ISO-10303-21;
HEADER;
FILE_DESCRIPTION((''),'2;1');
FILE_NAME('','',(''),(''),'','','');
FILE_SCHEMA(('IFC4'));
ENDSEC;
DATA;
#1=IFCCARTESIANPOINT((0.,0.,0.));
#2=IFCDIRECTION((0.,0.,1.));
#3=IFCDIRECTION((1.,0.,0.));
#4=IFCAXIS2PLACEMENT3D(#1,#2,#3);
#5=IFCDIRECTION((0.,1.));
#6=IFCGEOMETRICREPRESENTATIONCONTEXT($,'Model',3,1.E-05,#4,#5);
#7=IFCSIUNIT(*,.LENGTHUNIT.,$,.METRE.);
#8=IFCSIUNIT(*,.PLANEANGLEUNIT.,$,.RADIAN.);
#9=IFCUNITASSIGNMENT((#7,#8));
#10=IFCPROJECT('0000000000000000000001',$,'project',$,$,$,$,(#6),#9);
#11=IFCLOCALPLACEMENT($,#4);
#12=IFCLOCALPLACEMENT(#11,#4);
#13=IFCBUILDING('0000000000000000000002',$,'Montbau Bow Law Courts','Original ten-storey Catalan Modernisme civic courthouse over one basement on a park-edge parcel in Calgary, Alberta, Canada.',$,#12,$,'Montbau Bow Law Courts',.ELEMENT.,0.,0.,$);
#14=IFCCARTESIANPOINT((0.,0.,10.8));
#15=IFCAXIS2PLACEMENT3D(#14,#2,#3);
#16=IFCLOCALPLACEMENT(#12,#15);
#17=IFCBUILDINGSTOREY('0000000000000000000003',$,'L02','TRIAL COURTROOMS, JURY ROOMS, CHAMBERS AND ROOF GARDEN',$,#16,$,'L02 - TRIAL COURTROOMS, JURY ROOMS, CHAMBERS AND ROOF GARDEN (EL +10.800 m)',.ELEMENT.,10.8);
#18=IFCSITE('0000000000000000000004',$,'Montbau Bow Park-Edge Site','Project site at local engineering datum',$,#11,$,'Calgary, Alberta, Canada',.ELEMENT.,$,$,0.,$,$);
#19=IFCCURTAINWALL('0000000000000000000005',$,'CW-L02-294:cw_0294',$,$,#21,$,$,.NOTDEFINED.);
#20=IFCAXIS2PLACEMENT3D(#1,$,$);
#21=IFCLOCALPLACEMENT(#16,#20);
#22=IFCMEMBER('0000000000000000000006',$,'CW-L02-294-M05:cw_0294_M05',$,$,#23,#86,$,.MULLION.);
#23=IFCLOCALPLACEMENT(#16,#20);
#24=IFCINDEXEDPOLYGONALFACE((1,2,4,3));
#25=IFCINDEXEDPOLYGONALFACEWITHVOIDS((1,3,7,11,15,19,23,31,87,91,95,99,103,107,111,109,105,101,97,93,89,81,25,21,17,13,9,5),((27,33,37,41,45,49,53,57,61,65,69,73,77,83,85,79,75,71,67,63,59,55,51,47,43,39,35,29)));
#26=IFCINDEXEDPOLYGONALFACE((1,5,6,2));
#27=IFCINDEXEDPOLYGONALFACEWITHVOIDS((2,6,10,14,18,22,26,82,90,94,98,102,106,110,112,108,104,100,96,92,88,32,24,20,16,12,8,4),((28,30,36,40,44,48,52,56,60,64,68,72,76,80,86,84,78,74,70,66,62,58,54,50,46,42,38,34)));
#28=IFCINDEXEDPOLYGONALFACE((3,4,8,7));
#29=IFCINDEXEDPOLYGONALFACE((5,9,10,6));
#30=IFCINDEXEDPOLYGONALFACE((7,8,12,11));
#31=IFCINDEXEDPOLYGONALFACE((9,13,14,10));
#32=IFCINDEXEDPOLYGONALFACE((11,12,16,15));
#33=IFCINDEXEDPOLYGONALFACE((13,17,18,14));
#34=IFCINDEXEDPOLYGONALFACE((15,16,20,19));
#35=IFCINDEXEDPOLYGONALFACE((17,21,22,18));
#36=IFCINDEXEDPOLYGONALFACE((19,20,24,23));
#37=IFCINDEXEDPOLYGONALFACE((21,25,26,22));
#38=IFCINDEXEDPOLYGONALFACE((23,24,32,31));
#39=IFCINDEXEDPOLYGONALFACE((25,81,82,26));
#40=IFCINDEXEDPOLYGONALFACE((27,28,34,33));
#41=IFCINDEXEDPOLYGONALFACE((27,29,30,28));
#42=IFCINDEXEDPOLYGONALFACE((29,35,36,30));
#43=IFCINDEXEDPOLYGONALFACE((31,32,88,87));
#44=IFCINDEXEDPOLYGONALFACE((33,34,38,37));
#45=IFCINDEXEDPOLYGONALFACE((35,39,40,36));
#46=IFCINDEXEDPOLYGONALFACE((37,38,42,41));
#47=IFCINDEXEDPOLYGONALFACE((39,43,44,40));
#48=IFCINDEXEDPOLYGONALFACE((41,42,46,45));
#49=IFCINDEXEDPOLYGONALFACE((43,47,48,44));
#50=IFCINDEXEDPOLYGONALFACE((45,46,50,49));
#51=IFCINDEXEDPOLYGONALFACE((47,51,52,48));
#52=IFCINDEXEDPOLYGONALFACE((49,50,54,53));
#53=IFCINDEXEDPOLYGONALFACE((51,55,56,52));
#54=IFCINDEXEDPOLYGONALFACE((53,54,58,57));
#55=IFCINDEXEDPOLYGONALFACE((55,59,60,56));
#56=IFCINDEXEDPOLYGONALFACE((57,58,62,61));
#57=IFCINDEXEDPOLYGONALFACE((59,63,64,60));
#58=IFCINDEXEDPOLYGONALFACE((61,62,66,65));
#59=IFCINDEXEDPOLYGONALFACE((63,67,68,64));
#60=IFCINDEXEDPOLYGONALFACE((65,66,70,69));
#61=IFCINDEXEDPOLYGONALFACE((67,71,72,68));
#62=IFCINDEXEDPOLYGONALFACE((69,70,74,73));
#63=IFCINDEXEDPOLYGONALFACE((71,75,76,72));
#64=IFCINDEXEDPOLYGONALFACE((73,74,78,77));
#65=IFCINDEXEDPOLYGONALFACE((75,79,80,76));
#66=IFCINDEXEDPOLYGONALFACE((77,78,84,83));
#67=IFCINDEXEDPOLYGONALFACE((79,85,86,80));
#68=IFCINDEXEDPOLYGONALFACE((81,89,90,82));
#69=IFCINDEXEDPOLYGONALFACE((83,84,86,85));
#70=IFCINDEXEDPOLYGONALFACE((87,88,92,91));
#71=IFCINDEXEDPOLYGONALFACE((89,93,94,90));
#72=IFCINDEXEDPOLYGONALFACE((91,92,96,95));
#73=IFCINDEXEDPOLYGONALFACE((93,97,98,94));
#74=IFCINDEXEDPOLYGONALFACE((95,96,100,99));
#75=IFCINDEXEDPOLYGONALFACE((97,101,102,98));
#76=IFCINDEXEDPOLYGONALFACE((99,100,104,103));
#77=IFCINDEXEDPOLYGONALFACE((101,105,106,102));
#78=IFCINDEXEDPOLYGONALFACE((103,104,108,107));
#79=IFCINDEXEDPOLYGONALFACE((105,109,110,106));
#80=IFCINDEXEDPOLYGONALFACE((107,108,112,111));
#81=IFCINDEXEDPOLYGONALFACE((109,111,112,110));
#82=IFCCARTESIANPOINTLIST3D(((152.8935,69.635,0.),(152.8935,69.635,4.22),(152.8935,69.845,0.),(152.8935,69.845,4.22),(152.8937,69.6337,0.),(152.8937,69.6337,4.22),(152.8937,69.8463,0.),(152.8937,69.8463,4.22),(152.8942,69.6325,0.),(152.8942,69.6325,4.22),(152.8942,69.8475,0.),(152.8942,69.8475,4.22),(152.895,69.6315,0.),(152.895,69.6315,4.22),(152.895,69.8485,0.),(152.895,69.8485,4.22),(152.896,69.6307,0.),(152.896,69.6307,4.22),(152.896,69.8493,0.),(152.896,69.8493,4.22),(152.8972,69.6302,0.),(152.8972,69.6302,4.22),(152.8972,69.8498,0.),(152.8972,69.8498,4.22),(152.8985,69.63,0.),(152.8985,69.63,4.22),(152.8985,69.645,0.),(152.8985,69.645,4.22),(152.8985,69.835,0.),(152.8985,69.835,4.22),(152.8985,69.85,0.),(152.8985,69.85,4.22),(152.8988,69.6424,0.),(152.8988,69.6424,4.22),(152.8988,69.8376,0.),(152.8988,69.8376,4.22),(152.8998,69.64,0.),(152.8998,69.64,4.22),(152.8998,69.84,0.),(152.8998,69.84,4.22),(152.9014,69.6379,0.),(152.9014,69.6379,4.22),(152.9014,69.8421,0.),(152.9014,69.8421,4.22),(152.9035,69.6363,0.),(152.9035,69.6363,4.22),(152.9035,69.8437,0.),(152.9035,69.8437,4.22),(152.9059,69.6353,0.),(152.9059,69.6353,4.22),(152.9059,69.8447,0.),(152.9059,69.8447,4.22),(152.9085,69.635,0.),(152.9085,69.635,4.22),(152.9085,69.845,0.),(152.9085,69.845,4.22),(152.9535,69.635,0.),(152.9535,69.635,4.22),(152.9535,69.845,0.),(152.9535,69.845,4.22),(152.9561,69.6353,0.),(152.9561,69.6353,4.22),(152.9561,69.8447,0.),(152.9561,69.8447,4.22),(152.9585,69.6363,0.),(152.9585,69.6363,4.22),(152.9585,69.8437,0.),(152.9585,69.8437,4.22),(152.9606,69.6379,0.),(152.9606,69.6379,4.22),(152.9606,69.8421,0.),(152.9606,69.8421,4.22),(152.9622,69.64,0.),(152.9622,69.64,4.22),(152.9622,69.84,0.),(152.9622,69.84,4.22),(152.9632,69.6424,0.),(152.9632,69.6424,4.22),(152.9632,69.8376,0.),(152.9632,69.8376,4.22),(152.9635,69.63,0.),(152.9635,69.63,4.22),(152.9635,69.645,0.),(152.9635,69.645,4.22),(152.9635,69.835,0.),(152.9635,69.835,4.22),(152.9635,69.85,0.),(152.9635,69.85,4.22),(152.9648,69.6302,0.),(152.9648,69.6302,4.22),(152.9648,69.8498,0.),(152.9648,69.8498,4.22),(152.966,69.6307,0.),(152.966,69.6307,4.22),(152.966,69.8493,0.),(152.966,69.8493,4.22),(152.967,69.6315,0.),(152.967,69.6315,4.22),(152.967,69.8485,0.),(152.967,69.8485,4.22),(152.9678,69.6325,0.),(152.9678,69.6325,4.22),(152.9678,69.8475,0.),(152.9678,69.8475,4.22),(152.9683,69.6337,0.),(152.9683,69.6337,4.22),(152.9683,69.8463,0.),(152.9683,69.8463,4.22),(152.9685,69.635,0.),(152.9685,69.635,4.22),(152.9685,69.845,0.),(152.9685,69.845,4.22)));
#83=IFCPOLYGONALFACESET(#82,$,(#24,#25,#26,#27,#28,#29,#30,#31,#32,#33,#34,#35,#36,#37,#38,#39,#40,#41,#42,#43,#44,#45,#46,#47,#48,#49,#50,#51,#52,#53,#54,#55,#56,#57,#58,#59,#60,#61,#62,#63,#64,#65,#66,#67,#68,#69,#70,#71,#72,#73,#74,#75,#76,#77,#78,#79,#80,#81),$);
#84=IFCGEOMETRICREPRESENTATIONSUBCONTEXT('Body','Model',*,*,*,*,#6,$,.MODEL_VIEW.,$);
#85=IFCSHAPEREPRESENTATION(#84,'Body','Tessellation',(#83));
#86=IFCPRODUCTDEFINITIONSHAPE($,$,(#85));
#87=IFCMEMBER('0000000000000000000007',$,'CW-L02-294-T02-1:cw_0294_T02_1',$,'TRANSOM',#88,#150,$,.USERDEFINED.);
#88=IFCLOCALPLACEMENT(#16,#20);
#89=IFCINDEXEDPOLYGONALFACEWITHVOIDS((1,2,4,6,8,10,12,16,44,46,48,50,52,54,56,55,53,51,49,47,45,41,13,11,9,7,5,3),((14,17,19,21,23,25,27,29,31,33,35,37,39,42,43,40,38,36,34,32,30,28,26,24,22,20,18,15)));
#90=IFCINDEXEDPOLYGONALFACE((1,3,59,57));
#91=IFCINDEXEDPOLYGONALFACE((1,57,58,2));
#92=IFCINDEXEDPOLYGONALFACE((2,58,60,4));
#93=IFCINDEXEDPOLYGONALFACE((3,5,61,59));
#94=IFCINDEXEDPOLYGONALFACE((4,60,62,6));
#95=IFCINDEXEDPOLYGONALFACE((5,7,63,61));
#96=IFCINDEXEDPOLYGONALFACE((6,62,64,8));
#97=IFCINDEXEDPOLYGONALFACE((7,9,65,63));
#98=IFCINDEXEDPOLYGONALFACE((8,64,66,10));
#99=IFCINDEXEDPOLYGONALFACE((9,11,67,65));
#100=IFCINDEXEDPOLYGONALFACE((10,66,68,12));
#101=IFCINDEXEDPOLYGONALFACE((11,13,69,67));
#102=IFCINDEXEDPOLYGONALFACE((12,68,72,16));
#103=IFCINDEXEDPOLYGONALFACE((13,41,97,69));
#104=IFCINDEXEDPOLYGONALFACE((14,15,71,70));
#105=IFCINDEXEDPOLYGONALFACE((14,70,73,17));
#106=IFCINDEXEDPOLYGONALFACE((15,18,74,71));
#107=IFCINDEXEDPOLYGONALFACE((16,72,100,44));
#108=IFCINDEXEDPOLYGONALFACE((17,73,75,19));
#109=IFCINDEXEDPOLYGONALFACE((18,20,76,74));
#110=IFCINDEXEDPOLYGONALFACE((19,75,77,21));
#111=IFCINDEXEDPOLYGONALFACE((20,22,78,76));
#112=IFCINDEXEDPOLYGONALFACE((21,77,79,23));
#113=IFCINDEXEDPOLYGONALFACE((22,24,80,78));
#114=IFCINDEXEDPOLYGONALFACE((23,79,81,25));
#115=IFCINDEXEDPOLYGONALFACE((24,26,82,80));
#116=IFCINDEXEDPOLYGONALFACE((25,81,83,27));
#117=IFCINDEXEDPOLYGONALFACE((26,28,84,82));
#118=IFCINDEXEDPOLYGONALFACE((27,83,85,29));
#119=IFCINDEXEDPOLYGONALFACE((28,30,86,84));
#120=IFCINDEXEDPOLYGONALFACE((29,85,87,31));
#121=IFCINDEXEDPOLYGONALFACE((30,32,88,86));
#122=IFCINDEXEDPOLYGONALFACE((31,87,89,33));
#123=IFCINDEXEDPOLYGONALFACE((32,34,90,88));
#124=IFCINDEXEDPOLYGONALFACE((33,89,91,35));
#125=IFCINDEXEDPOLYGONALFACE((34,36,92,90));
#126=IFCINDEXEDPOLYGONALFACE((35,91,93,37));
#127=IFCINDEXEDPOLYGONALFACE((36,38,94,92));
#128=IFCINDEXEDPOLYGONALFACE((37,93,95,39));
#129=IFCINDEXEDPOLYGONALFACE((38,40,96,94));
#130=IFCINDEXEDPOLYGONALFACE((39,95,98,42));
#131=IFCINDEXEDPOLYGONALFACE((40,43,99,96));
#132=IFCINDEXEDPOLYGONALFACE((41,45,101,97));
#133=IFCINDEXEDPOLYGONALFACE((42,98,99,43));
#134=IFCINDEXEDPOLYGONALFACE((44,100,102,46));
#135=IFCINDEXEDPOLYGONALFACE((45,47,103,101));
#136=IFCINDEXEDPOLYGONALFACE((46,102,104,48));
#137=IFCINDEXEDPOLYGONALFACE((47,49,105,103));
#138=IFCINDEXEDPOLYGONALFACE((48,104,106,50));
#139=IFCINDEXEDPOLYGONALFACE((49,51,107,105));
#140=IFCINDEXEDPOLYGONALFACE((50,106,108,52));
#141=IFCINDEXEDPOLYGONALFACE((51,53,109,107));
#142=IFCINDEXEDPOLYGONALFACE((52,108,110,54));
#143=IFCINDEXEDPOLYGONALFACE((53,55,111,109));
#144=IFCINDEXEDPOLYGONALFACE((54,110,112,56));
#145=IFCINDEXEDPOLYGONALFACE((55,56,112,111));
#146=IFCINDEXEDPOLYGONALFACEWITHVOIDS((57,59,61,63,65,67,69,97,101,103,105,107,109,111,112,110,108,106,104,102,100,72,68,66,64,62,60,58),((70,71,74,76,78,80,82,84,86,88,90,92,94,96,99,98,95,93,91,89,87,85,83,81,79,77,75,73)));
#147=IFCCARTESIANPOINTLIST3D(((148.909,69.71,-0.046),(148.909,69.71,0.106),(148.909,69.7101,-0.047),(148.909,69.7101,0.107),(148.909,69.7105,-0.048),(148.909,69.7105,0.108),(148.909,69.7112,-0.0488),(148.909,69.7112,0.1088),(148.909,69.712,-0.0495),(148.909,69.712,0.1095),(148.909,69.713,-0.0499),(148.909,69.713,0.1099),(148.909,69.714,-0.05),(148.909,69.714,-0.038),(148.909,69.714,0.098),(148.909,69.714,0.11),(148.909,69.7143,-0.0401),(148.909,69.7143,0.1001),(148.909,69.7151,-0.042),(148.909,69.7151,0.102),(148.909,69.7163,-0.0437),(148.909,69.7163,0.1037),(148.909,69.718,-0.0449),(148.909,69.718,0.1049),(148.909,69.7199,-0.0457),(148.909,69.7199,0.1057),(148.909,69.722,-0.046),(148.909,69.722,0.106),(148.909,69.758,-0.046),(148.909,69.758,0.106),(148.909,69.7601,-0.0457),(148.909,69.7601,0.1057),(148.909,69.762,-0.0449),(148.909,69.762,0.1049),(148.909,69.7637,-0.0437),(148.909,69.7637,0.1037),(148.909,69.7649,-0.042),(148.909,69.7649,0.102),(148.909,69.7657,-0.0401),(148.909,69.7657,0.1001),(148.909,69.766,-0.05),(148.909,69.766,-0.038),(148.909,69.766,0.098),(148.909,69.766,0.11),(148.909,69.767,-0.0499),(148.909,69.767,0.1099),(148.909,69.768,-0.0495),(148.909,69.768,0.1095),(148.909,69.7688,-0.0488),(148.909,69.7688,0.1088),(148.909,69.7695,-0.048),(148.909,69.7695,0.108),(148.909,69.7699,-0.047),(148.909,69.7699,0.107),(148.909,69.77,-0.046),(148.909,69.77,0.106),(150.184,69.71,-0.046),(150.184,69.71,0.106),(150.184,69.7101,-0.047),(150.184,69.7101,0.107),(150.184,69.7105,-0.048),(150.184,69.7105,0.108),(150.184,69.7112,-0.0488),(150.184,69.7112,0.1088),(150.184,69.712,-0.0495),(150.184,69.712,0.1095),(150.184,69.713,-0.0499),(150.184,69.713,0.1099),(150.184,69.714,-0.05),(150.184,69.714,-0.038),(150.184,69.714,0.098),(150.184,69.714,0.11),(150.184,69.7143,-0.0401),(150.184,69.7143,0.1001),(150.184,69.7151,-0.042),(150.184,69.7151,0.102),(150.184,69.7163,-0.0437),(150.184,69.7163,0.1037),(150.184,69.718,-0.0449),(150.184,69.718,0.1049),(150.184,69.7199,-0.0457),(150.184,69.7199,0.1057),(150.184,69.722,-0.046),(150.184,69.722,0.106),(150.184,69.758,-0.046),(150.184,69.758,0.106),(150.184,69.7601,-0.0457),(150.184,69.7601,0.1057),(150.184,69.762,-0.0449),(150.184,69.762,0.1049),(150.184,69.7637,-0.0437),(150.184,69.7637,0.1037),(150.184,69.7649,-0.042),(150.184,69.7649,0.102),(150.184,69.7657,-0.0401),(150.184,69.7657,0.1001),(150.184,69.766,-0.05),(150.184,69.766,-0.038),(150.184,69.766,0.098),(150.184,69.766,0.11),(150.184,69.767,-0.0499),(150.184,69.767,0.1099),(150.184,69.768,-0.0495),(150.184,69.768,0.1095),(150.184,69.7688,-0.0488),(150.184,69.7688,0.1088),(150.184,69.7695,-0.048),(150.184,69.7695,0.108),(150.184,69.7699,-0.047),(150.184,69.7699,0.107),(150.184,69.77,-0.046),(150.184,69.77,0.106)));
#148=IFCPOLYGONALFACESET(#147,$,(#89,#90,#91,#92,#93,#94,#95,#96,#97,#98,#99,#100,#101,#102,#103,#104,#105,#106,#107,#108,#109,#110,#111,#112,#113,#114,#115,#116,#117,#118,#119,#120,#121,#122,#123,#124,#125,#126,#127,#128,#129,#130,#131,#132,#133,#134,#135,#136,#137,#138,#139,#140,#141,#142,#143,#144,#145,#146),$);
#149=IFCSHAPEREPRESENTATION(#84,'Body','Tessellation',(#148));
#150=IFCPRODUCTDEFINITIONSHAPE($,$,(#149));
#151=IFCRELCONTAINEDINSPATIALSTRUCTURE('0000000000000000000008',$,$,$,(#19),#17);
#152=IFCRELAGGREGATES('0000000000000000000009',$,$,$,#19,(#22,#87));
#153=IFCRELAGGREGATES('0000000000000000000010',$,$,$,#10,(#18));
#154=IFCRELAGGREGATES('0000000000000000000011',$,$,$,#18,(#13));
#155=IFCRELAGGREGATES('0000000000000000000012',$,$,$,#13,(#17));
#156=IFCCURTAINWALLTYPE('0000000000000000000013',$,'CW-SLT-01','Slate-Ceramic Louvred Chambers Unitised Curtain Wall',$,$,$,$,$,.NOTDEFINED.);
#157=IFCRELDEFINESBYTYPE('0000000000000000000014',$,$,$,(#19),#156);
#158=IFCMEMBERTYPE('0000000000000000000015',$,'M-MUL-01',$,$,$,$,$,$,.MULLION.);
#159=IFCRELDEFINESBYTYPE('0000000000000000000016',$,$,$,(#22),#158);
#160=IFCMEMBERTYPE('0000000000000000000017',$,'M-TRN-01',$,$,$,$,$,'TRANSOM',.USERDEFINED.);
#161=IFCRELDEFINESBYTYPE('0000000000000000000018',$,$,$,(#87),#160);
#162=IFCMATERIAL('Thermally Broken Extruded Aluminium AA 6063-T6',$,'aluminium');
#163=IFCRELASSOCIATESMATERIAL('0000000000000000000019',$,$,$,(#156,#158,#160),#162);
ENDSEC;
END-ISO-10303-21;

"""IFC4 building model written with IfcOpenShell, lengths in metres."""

from ifc_helpers import new_model, si_unit, direction, frame, origin_with_axes, origin_2d_with_axis, place, context, subcontext, project, spatial, hollow_rectangle, extrude, material, material_profile, profile_set, type_object, element, aggregate, save


model = new_model("IFC4")

# Units and contexts
model_context = context("Model", 3, precision=1e-05, world=origin_with_axes(), true_north=direction((0.0, 1.0)))
body_context = subcontext(model_context, "Body", "Model", "MODEL_VIEW")
ifc_project = project(units=[si_unit("LENGTHUNIT", "METRE"), si_unit("PLANEANGLEUNIT", "RADIAN")], contexts=[model_context])

# Site, building, storey
site_placement = place(None, origin_with_axes())
site = spatial("IfcSite", under=ifc_project, at=site_placement, Name="Montbau Bow Park-Edge Site", Description="Project site at local engineering datum", LongName="Calgary, Alberta, Canada", CompositionType="ELEMENT", RefElevation=0.0)
building_placement = place(site_placement, origin_with_axes())
building = spatial("IfcBuilding", under=site, at=building_placement, Name="Montbau Bow Law Courts", Description="Original ten-storey Catalan Modernisme civic courthouse over one basement on a park-edge parcel in Calgary, Alberta, Canada.", LongName="Montbau Bow Law Courts", CompositionType="ELEMENT", ElevationOfRefHeight=0.0, ElevationOfTerrain=0.0)
storey_placement = place(building_placement, frame((0.0, 0.0, 10.8), z_axis=(0.0, 0.0, 1.0), x_axis=(1.0, 0.0, 0.0)))
storey = spatial("IfcBuildingStorey", under=building, at=storey_placement, Name="L02", Description="TRIAL COURTROOMS, JURY ROOMS, CHAMBERS AND ROOF GARDEN", LongName="L02 - TRIAL COURTROOMS, JURY ROOMS, CHAMBERS AND ROOF GARDEN (EL +10.800 m)", CompositionType="ELEMENT", Elevation=10.8)

# Curtain wall, members
ifc_material_1 = material(Name="Thermally Broken Extruded Aluminium AA 6063-T6", Category="aluminium")
curtain_wall_type = type_object("IfcCurtainWallType", Name="CW-SLT-01", Description="Slate-Ceramic Louvred Chambers Unitised Curtain Wall", PredefinedType="NOTDEFINED", material=ifc_material_1)
curtain_wall_placement = place(None, frame((147.515, 69.74, 10.8), z_axis=(0.0, 0.0, 1.0), x_axis=(1.0, 0.0, 0.0)))
curtain_wall = element("IfcCurtainWall", 1, at=curtain_wall_placement, inside=storey, type_object=curtain_wall_type, Name="CW-L02-294:cw_0294", PredefinedType="NOTDEFINED")
ifc_material_profile_1 = material_profile(ifc_material_1, hollow_rectangle(XDim=0.075, YDim=0.22, WallThickness=0.005, InnerFilletRadius=0.01, OuterFilletRadius=0.005, at=origin_2d_with_axis()), Name="CWM-220X75", Category="Main", Priority=0)
ifc_profile_set_1 = profile_set([ifc_material_profile_1], Name="Thermally Broken Extruded Aluminium AA 6063-T6")
member_type_1 = type_object("IfcMemberType", Name="M-MUL-01", PredefinedType="MULLION", material=ifc_profile_set_1)
member_1_placement = place(None, frame((152.931, 69.74, 10.8), z_axis=(0.0, 0.0, 1.0), x_axis=(1.0, 0.0, 0.0)))
member_1 = element("IfcMember", 2, at=member_1_placement, type_object=member_type_1, Name="CW-L02-294-M05:cw_0294_M05", PredefinedType="MULLION", context=body_context, shape_type="SweptSolid", body=[
    extrude(hollow_rectangle(XDim=0.075, YDim=0.22, WallThickness=0.005, InnerFilletRadius=0.01, OuterFilletRadius=0.005, at=origin_2d_with_axis()), origin_with_axes(), (0.0, 0.0, 1.0), 4.22),
])
ifc_material_profile_2 = material_profile(ifc_material_1, hollow_rectangle(XDim=0.06, YDim=0.16, WallThickness=0.004, InnerFilletRadius=0.008, OuterFilletRadius=0.004, at=origin_2d_with_axis()), Name="CWT-160X60", Category="Main", Priority=0)
ifc_profile_set_2 = profile_set([ifc_material_profile_2], Name="Thermally Broken Extruded Aluminium AA 6063-T6")
member_type_2 = type_object("IfcMemberType", Name="M-TRN-01", ElementType="TRANSOM", PredefinedType="USERDEFINED", material=ifc_profile_set_2)
member_2_placement = place(None, frame((148.909, 69.74, 10.83), z_axis=(1.0, 0.0, 0.0), x_axis=(0.0, 1.0, 0.0)))
member_2 = element("IfcMember", 3, at=member_2_placement, type_object=member_type_2, Name="CW-L02-294-T02-1:cw_0294_T02_1", ObjectType="TRANSOM", PredefinedType="USERDEFINED", context=body_context, shape_type="SweptSolid", body=[
    extrude(hollow_rectangle(XDim=0.06, YDim=0.16, WallThickness=0.004, InnerFilletRadius=0.008, OuterFilletRadius=0.004, at=origin_2d_with_axis()), origin_with_axes(), (0.0, 0.0, 1.0), 1.275),
])
aggregate(curtain_wall, [member_1, member_2])

save(model, "model.ifc")
